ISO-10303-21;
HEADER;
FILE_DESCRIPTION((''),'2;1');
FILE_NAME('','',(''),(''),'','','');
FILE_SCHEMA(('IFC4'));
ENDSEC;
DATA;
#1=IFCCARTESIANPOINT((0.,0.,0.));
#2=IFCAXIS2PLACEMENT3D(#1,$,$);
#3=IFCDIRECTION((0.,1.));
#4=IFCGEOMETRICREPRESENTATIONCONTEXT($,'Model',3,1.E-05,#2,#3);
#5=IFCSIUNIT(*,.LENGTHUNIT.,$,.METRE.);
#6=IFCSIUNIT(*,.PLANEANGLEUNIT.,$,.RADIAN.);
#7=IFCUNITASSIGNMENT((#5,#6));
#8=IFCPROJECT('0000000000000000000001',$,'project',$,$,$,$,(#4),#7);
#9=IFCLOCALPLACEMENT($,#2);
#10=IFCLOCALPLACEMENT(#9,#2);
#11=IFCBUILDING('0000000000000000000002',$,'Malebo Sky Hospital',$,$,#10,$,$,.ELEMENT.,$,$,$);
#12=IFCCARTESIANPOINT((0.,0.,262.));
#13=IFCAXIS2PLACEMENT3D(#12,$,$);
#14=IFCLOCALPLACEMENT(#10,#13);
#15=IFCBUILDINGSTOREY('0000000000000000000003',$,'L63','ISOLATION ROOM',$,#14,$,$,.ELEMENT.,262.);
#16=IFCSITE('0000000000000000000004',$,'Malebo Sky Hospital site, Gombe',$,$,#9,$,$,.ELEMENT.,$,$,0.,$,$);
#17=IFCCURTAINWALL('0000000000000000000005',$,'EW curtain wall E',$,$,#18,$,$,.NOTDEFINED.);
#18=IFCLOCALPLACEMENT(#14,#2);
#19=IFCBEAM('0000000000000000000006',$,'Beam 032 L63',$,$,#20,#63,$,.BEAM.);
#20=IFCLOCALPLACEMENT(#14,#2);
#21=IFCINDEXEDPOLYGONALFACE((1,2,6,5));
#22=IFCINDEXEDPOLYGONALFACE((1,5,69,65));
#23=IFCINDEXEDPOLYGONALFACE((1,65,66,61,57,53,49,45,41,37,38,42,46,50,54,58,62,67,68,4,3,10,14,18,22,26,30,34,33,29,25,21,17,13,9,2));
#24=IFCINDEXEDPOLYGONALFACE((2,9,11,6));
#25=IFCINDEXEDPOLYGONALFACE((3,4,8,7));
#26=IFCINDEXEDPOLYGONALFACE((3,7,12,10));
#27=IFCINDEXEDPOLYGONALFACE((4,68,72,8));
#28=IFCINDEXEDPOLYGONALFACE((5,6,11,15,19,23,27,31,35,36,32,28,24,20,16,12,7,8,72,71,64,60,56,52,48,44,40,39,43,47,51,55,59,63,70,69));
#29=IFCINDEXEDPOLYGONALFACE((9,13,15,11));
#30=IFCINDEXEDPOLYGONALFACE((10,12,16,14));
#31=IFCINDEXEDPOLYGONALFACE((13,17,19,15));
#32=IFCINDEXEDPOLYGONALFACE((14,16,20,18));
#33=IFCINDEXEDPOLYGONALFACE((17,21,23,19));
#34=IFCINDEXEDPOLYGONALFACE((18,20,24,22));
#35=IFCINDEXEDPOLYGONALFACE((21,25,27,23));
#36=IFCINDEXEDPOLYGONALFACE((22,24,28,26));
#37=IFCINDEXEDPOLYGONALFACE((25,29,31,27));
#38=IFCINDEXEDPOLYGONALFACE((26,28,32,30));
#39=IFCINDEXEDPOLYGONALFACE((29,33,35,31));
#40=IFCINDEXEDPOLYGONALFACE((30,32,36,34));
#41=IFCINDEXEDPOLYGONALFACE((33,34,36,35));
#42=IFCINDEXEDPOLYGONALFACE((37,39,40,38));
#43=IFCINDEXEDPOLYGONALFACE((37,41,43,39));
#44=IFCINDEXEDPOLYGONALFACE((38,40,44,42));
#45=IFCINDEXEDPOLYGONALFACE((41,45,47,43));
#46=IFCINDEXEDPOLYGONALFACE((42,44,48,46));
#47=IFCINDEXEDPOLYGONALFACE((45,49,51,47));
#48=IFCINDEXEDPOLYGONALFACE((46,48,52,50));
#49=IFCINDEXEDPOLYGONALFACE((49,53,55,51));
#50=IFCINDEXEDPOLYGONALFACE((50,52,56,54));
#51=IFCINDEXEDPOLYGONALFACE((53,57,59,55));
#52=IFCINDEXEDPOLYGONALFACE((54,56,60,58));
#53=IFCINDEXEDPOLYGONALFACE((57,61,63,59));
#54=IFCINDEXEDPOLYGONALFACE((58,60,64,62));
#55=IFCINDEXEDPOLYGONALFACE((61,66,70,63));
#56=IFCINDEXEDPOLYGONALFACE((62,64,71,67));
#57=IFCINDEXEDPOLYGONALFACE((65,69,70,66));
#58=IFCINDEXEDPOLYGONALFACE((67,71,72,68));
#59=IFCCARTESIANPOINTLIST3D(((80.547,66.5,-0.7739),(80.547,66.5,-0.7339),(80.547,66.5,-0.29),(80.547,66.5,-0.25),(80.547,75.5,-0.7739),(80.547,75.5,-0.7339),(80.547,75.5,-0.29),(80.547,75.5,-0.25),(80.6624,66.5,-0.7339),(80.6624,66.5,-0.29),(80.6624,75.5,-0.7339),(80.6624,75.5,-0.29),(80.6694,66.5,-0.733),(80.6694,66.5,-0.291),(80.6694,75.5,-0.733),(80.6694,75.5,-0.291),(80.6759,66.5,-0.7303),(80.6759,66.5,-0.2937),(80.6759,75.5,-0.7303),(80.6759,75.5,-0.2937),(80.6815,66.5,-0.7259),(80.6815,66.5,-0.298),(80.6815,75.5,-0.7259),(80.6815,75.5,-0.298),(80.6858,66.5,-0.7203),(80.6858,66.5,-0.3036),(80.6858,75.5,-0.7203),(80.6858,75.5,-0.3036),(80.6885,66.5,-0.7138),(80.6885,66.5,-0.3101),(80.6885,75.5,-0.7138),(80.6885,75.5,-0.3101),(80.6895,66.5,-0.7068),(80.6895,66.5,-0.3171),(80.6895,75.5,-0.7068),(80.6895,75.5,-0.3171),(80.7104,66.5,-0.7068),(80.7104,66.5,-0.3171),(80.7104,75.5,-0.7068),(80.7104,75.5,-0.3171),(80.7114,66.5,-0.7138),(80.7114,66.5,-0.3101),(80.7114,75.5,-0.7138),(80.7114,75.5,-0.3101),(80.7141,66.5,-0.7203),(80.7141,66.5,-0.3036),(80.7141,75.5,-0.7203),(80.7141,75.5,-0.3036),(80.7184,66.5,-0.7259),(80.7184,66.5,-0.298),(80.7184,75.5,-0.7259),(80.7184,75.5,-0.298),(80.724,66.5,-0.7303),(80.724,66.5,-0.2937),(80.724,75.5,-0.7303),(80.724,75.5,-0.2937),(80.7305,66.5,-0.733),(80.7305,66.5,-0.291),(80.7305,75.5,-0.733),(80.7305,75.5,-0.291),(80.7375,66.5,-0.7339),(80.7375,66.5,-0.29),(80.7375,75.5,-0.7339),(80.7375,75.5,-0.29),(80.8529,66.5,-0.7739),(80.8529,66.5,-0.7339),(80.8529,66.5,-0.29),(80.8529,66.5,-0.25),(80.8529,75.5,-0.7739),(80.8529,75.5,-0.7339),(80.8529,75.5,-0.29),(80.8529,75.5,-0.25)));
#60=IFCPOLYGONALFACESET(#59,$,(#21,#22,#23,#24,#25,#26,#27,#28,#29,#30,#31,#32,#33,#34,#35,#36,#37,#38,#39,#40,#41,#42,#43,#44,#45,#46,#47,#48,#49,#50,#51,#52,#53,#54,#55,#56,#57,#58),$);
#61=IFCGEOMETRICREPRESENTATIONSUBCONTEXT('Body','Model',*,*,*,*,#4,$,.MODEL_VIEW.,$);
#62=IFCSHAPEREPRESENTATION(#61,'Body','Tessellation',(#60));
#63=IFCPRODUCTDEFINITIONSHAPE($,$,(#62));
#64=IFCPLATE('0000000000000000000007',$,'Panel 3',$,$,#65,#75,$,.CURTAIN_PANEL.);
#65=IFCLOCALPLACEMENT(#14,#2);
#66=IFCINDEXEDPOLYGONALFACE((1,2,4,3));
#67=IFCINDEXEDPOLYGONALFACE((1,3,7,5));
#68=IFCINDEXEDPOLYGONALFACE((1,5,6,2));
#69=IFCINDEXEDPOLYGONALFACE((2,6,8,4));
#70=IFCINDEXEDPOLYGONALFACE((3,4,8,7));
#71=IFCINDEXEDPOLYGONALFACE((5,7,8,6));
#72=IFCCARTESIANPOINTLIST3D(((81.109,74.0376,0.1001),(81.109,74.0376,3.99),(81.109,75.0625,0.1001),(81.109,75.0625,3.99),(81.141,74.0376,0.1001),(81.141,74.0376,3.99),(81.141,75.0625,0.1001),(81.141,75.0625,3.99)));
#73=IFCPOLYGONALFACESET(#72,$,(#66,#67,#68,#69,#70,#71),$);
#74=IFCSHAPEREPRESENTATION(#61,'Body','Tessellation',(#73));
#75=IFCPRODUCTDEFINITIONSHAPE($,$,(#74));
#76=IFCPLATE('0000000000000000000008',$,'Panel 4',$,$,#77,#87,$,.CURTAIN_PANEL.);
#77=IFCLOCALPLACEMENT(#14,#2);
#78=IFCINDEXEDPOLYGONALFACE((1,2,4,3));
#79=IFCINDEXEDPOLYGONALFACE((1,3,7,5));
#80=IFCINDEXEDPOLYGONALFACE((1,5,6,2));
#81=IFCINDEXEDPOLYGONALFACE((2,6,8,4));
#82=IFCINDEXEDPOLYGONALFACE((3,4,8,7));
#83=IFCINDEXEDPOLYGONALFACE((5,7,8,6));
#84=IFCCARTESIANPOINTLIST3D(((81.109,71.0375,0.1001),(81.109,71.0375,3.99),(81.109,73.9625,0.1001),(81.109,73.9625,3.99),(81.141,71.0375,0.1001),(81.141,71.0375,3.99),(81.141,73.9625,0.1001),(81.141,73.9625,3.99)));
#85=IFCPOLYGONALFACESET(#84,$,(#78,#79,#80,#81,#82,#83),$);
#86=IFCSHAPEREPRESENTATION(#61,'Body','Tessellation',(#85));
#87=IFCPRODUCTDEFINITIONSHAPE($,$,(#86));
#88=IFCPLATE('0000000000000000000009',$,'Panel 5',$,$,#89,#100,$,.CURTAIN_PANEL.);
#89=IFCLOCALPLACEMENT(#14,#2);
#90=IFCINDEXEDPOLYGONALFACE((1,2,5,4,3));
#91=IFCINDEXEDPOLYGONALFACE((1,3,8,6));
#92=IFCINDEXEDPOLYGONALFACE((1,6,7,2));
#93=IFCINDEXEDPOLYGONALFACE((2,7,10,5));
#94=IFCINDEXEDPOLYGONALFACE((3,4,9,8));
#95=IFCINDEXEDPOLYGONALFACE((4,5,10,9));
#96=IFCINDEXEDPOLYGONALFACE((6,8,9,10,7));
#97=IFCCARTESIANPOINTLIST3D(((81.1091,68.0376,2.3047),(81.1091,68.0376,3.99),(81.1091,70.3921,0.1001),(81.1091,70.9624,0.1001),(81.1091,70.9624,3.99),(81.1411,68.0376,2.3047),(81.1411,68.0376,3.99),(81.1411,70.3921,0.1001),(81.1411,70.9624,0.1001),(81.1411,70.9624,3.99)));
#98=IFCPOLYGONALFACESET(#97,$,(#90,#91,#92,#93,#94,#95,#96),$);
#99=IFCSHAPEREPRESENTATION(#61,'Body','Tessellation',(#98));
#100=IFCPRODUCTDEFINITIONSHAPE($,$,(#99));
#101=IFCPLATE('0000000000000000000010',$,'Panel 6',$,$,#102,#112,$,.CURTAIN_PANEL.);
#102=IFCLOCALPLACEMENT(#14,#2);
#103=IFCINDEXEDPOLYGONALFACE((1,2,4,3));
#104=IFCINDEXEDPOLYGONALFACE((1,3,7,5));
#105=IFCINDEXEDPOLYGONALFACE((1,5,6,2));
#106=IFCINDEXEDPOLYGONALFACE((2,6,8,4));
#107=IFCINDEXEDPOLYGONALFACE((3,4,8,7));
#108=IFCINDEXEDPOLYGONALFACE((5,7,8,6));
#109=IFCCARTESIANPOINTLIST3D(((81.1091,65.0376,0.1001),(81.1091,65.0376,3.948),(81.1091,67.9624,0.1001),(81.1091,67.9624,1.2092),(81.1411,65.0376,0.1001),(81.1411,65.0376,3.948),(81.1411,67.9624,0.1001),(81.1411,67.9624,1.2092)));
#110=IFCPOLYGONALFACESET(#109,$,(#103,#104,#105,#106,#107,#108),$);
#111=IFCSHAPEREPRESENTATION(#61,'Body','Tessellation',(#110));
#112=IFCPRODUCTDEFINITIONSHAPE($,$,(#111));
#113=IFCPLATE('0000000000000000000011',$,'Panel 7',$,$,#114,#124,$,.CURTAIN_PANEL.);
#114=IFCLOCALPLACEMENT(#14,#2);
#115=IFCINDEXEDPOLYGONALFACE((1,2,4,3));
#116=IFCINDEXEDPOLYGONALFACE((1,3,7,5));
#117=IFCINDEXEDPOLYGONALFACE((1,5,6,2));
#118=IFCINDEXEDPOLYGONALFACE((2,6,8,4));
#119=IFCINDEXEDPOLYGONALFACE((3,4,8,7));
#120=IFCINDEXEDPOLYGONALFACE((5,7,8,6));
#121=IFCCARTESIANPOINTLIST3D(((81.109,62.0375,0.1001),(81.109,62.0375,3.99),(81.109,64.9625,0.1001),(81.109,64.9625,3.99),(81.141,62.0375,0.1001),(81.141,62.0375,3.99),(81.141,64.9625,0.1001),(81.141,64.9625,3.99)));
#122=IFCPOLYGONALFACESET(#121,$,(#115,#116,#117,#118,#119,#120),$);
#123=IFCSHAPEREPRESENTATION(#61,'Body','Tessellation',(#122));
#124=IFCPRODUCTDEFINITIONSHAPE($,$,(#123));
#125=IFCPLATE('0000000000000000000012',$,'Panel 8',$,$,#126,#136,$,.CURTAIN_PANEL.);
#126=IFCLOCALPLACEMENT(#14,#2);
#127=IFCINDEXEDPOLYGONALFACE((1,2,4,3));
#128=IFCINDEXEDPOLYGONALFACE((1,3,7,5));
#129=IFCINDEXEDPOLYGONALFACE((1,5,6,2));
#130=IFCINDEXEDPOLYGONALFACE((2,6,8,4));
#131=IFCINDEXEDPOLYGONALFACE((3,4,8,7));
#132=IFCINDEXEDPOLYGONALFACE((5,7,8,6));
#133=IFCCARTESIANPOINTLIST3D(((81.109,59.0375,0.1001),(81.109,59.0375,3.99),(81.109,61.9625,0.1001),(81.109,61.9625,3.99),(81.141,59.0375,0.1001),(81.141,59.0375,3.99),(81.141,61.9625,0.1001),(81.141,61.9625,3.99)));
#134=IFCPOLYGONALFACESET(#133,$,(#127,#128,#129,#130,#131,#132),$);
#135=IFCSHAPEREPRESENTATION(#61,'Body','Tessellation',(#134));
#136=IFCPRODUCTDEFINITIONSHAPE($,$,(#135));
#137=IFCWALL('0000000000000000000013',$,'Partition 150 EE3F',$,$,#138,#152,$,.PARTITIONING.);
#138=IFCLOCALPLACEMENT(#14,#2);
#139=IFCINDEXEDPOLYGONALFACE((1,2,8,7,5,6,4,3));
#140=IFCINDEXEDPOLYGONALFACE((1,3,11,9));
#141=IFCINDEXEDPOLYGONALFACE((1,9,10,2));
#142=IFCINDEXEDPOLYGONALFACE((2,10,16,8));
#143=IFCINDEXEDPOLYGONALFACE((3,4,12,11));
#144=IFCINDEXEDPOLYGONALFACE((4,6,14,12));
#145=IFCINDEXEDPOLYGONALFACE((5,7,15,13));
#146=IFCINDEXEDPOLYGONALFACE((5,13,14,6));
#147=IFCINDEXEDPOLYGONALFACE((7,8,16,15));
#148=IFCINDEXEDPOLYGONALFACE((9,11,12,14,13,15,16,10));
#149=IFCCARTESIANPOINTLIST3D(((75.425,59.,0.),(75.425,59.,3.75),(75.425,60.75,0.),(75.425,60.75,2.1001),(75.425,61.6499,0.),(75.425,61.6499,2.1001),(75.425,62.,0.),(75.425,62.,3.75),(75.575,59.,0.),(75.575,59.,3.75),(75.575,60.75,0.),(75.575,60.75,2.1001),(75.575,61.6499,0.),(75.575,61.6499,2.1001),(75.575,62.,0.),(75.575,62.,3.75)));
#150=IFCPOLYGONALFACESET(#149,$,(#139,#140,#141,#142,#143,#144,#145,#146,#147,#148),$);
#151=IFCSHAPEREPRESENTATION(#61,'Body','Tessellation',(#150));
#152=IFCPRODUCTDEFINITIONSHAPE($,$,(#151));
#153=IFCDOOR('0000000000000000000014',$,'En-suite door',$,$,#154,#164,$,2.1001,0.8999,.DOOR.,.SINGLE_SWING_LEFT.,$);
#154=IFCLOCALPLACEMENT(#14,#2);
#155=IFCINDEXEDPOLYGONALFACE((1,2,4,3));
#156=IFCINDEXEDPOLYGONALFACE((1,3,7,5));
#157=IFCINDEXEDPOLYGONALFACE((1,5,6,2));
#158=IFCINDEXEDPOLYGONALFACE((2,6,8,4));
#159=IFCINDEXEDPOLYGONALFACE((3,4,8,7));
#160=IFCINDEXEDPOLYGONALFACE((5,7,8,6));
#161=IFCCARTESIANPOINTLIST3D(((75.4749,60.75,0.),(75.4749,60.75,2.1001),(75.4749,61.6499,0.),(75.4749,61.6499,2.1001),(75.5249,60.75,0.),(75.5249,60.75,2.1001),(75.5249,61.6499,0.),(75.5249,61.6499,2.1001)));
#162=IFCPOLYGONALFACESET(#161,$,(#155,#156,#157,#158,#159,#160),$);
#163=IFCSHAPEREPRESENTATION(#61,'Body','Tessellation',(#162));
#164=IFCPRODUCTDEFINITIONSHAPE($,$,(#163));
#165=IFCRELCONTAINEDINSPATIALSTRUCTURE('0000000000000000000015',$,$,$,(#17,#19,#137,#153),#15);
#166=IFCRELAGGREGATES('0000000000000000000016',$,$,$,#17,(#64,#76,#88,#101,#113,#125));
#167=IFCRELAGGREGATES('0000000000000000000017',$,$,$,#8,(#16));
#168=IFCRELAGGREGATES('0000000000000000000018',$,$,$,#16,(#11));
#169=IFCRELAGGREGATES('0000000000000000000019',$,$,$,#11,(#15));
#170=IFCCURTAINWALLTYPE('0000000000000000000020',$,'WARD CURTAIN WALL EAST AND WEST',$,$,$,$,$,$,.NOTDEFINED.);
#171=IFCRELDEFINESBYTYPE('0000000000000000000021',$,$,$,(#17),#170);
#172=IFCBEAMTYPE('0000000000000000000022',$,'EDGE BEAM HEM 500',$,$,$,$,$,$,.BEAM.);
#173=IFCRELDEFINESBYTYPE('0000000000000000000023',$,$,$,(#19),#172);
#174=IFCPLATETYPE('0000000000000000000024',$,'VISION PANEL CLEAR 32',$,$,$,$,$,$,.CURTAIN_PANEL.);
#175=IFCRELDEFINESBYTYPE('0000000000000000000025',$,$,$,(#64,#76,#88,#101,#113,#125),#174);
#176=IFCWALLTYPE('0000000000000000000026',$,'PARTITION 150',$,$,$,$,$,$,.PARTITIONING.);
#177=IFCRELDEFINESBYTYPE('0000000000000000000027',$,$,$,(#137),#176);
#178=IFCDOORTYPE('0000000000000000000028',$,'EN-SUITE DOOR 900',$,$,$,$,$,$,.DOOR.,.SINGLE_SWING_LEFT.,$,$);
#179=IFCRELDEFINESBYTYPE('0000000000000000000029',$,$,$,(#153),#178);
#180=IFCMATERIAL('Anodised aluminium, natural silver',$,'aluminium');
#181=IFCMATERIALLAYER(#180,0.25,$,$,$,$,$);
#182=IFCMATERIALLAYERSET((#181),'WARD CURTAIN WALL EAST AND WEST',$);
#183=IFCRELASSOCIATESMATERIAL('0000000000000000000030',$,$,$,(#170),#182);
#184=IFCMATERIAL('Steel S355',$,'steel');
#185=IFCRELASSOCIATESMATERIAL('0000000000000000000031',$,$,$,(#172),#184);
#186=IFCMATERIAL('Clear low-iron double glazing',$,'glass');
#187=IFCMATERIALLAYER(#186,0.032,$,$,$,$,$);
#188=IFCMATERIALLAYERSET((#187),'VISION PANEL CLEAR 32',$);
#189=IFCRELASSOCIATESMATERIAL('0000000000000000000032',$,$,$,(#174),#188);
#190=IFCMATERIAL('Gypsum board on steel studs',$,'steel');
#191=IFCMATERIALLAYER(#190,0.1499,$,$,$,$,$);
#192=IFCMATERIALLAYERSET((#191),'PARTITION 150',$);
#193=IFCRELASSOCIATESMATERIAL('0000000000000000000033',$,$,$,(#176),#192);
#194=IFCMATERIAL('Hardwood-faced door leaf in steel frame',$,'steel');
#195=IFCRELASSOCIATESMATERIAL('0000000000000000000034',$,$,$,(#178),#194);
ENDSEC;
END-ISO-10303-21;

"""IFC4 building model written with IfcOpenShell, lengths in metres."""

from ifc_helpers import new_model, si_unit, direction, frame, frame_2d, origin, origin_2d, place, context, subcontext, project, spatial, polyline, rectangle, i_section, outline, extrude, material, layer, layer_set, material_profile, profile_set, type_object, element, fill, aggregate, save


model = new_model("IFC4")

# Units and contexts
model_context = context("Model", 3, precision=1e-05, world=origin(), true_north=direction((0.0, 1.0)))
body_context = subcontext(model_context, "Body", "Model", "MODEL_VIEW")
ifc_project = project(units=[si_unit("LENGTHUNIT", "METRE"), si_unit("PLANEANGLEUNIT", "RADIAN")], contexts=[model_context])

# Site, building, storey
site_placement = place(None, origin())
site = spatial("IfcSite", under=ifc_project, at=site_placement, Name="Malebo Sky Hospital site, Gombe", CompositionType="ELEMENT", RefElevation=0.0)
building_placement = place(site_placement, origin())
building = spatial("IfcBuilding", under=site, at=building_placement, Name="Malebo Sky Hospital", CompositionType="ELEMENT")
storey_placement = place(building_placement, frame((0.0, 0.0, 262.0)))
storey = spatial("IfcBuildingStorey", under=building, at=storey_placement, Name="L63", Description="ISOLATION ROOM", CompositionType="ELEMENT", Elevation=262.0)

# Curtain wall
ifc_material_1 = material(Name="Anodised aluminium, natural silver", Category="aluminium")
ifc_layer_1 = layer(ifc_material_1, 0.25)
ifc_layer_set_1 = layer_set([ifc_layer_1], Name="WARD CURTAIN WALL EAST AND WEST")
curtain_wall_type = type_object("IfcCurtainWallType", Name="WARD CURTAIN WALL EAST AND WEST", PredefinedType="NOTDEFINED", material=ifc_layer_set_1)
curtain_wall_placement = place(storey_placement, origin())
curtain_wall = element("IfcCurtainWall", 1, at=curtain_wall_placement, inside=storey, type_object=curtain_wall_type, Name="EW curtain wall E", PredefinedType="NOTDEFINED")

# Shared definitions
ifc_material_2 = material(Name="Steel S355", Category="steel")

# Beam
ifc_material_profile_1 = material_profile(ifc_material_2, i_section(OverallWidth=0.3059, OverallDepth=0.5239, WebThickness=0.021, FlangeThickness=0.04, FilletRadius=0.0271, at=origin_2d()), Name="HEM 500")
ifc_profile_set_1 = profile_set([ifc_material_profile_1], Name="Steel S355")
beam_type = type_object("IfcBeamType", Name="EDGE BEAM HEM 500", PredefinedType="BEAM", material=ifc_profile_set_1)
beam_placement = place(storey_placement, frame((80.7, 66.5, -0.512), z_axis=(0.0, 1.0, 0.0), x_axis=(-1.0, 0.0, 0.0)))
element("IfcBeam", 2, at=beam_placement, inside=storey, type_object=beam_type, Name="Beam 032 L63", PredefinedType="BEAM", context=body_context, shape_type="SweptSolid", body=[
    extrude(i_section(OverallWidth=0.3059, OverallDepth=0.5239, WebThickness=0.021, FlangeThickness=0.04, FilletRadius=0.0271, at=origin_2d()), origin(), (0.0, 0.0, 1.0), 9.0),
])

# Plates
ifc_material_3 = material(Name="Clear low-iron double glazing", Category="glass")
ifc_layer_2 = layer(ifc_material_3, 0.032)
ifc_layer_set_2 = layer_set([ifc_layer_2], Name="VISION PANEL CLEAR 32")
plate_type = type_object("IfcPlateType", Name="VISION PANEL CLEAR 32", PredefinedType="CURTAIN_PANEL", material=ifc_layer_set_2)
plate_1_placement = place(storey_placement, frame((81.125, 74.55, 0.1001), z_axis=(0.0, 0.0, 1.0), x_axis=(0.0, -1.0, 0.0)))
plate_1 = element("IfcPlate", 3, at=plate_1_placement, type_object=plate_type, Name="Panel 3", PredefinedType="CURTAIN_PANEL", context=body_context, shape_type="SweptSolid", body=[
    extrude(rectangle(XDim=1.0249, YDim=0.032, at=origin_2d()), origin(), (0.0, 0.0, 1.0), 3.8899),
])
plate_2_placement = place(storey_placement, frame((81.125, 72.5, 0.1001), z_axis=(0.0, 0.0, 1.0), x_axis=(0.0, -1.0, 0.0)))
plate_2 = element("IfcPlate", 4, at=plate_2_placement, type_object=plate_type, Name="Panel 4", PredefinedType="CURTAIN_PANEL", context=body_context, shape_type="SweptSolid", body=[
    extrude(rectangle(XDim=2.925, YDim=0.032, at=origin_2d()), origin(), (0.0, 0.0, 1.0), 3.8899),
])
plate_3_placement = place(storey_placement, frame((81.125, 69.5, 0.1001), z_axis=(0.0, 0.0, 1.0), x_axis=(0.0, -1.0, 0.0)))
plate_3 = element("IfcPlate", 5, at=plate_3_placement, type_object=plate_type, Name="Panel 5", PredefinedType="CURTAIN_PANEL", context=body_context, shape_type="SweptSolid", body=[
    extrude(outline(polyline([(-1.4624, 0.0), (-0.8921, 0.0), (1.4624, 2.2046), (1.4624, 3.8899), (-1.4624, 3.8899), (-1.4624, 0.0)])), frame((0.0, 0.0161, 0.0), z_axis=(0.0, -1.0, 0.0), x_axis=(1.0, 0.0, 0.0)), (0.0, 0.0, 1.0), 0.032),
])
plate_4_placement = place(storey_placement, frame((81.125, 66.5, 0.1001), z_axis=(0.0, 0.0, 1.0), x_axis=(0.0, -1.0, 0.0)))
plate_4 = element("IfcPlate", 6, at=plate_4_placement, type_object=plate_type, Name="Panel 6", PredefinedType="CURTAIN_PANEL", context=body_context, shape_type="SweptSolid", body=[
    extrude(outline(polyline([(-1.4624, 0.0), (1.4624, 0.0), (1.4624, 3.8479), (-1.4624, 1.1091), (-1.4624, 0.0)])), frame((0.0, 0.0161, 0.0), z_axis=(0.0, -1.0, 0.0), x_axis=(1.0, 0.0, 0.0)), (0.0, 0.0, 1.0), 0.032),
])
plate_5_placement = place(storey_placement, frame((81.125, 63.5, 0.1001), z_axis=(0.0, 0.0, 1.0), x_axis=(0.0, -1.0, 0.0)))
plate_5 = element("IfcPlate", 7, at=plate_5_placement, type_object=plate_type, Name="Panel 7", PredefinedType="CURTAIN_PANEL", context=body_context, shape_type="SweptSolid", body=[
    extrude(rectangle(XDim=2.925, YDim=0.032, at=origin_2d()), origin(), (0.0, 0.0, 1.0), 3.8899),
])
plate_6_placement = place(storey_placement, frame((81.125, 60.5, 0.1001), z_axis=(0.0, 0.0, 1.0), x_axis=(0.0, -1.0, 0.0)))
plate_6 = element("IfcPlate", 8, at=plate_6_placement, type_object=plate_type, Name="Panel 8", PredefinedType="CURTAIN_PANEL", context=body_context, shape_type="SweptSolid", body=[
    extrude(rectangle(XDim=2.925, YDim=0.032, at=origin_2d()), origin(), (0.0, 0.0, 1.0), 3.8899),
])
aggregate(curtain_wall, [plate_1, plate_2, plate_3, plate_4, plate_5, plate_6])

# Wall, opening, door
ifc_material_4 = material(Name="Gypsum board on steel studs", Category="steel")
ifc_layer_3 = layer(ifc_material_4, 0.1499)
ifc_layer_set_3 = layer_set([ifc_layer_3], Name="PARTITION 150")
wall_type_1 = type_object("IfcWallType", Name="PARTITION 150", PredefinedType="PARTITIONING", material=ifc_layer_set_3)
wall_1_placement = place(storey_placement, frame((75.5, 62.0, 0.0), z_axis=(0.0, 0.0, 1.0), x_axis=(0.0, -1.0, 0.0)))
wall_1 = element("IfcWall", 9, at=wall_1_placement, inside=storey, type_object=wall_type_1, Name="Partition 150 EE3F", PredefinedType="PARTITIONING", context=body_context, shape_type="SweptSolid", body=[
    extrude(rectangle(XDim=3.0, YDim=0.1499, at=frame_2d((1.5, 0.0))), origin(), (0.0, 0.0, 1.0), 3.75),
])
opening_1_placement = place(wall_1_placement, frame((0.3501, 0.0, 0.0)))
opening_1 = element("IfcOpeningElement", 10, at=opening_1_placement, cuts=wall_1, PredefinedType="OPENING", context=body_context, shape_type="SweptSolid", body=[
    extrude(rectangle(XDim=0.8999, YDim=2.1001, at=frame_2d((0.45, 1.05))), frame((0.0, 0.085, 0.0), z_axis=(0.0, -1.0, 0.0), x_axis=(1.0, 0.0, 0.0)), (0.0, 0.0, 1.0), 0.1699),
])
ifc_material_5 = material(Name="Hardwood-faced door leaf in steel frame", Category="steel")
door_type_1 = type_object("IfcDoorType", Name="EN-SUITE DOOR 900", OperationType="SINGLE_SWING_LEFT", PredefinedType="DOOR", material=ifc_material_5)
door_1_placement = place(opening_1_placement, origin())
door_1 = element("IfcDoor", 11, at=door_1_placement, inside=storey, type_object=door_type_1, Name="En-suite door", OperationType="SINGLE_SWING_LEFT", OverallHeight=2.1001, OverallWidth=0.8999, PredefinedType="DOOR", context=body_context, shape_type="SweptSolid", body=[
    extrude(rectangle(XDim=0.8999, YDim=2.1001, at=frame_2d((0.45, 1.05))), frame((0.0, 0.0249, 0.0), z_axis=(0.0, -1.0, 0.0), x_axis=(1.0, 0.0, 0.0)), (0.0, 0.0, 1.0), 0.05),
])
fill(opening_1, door_1)

save(model, "model.ifc")
